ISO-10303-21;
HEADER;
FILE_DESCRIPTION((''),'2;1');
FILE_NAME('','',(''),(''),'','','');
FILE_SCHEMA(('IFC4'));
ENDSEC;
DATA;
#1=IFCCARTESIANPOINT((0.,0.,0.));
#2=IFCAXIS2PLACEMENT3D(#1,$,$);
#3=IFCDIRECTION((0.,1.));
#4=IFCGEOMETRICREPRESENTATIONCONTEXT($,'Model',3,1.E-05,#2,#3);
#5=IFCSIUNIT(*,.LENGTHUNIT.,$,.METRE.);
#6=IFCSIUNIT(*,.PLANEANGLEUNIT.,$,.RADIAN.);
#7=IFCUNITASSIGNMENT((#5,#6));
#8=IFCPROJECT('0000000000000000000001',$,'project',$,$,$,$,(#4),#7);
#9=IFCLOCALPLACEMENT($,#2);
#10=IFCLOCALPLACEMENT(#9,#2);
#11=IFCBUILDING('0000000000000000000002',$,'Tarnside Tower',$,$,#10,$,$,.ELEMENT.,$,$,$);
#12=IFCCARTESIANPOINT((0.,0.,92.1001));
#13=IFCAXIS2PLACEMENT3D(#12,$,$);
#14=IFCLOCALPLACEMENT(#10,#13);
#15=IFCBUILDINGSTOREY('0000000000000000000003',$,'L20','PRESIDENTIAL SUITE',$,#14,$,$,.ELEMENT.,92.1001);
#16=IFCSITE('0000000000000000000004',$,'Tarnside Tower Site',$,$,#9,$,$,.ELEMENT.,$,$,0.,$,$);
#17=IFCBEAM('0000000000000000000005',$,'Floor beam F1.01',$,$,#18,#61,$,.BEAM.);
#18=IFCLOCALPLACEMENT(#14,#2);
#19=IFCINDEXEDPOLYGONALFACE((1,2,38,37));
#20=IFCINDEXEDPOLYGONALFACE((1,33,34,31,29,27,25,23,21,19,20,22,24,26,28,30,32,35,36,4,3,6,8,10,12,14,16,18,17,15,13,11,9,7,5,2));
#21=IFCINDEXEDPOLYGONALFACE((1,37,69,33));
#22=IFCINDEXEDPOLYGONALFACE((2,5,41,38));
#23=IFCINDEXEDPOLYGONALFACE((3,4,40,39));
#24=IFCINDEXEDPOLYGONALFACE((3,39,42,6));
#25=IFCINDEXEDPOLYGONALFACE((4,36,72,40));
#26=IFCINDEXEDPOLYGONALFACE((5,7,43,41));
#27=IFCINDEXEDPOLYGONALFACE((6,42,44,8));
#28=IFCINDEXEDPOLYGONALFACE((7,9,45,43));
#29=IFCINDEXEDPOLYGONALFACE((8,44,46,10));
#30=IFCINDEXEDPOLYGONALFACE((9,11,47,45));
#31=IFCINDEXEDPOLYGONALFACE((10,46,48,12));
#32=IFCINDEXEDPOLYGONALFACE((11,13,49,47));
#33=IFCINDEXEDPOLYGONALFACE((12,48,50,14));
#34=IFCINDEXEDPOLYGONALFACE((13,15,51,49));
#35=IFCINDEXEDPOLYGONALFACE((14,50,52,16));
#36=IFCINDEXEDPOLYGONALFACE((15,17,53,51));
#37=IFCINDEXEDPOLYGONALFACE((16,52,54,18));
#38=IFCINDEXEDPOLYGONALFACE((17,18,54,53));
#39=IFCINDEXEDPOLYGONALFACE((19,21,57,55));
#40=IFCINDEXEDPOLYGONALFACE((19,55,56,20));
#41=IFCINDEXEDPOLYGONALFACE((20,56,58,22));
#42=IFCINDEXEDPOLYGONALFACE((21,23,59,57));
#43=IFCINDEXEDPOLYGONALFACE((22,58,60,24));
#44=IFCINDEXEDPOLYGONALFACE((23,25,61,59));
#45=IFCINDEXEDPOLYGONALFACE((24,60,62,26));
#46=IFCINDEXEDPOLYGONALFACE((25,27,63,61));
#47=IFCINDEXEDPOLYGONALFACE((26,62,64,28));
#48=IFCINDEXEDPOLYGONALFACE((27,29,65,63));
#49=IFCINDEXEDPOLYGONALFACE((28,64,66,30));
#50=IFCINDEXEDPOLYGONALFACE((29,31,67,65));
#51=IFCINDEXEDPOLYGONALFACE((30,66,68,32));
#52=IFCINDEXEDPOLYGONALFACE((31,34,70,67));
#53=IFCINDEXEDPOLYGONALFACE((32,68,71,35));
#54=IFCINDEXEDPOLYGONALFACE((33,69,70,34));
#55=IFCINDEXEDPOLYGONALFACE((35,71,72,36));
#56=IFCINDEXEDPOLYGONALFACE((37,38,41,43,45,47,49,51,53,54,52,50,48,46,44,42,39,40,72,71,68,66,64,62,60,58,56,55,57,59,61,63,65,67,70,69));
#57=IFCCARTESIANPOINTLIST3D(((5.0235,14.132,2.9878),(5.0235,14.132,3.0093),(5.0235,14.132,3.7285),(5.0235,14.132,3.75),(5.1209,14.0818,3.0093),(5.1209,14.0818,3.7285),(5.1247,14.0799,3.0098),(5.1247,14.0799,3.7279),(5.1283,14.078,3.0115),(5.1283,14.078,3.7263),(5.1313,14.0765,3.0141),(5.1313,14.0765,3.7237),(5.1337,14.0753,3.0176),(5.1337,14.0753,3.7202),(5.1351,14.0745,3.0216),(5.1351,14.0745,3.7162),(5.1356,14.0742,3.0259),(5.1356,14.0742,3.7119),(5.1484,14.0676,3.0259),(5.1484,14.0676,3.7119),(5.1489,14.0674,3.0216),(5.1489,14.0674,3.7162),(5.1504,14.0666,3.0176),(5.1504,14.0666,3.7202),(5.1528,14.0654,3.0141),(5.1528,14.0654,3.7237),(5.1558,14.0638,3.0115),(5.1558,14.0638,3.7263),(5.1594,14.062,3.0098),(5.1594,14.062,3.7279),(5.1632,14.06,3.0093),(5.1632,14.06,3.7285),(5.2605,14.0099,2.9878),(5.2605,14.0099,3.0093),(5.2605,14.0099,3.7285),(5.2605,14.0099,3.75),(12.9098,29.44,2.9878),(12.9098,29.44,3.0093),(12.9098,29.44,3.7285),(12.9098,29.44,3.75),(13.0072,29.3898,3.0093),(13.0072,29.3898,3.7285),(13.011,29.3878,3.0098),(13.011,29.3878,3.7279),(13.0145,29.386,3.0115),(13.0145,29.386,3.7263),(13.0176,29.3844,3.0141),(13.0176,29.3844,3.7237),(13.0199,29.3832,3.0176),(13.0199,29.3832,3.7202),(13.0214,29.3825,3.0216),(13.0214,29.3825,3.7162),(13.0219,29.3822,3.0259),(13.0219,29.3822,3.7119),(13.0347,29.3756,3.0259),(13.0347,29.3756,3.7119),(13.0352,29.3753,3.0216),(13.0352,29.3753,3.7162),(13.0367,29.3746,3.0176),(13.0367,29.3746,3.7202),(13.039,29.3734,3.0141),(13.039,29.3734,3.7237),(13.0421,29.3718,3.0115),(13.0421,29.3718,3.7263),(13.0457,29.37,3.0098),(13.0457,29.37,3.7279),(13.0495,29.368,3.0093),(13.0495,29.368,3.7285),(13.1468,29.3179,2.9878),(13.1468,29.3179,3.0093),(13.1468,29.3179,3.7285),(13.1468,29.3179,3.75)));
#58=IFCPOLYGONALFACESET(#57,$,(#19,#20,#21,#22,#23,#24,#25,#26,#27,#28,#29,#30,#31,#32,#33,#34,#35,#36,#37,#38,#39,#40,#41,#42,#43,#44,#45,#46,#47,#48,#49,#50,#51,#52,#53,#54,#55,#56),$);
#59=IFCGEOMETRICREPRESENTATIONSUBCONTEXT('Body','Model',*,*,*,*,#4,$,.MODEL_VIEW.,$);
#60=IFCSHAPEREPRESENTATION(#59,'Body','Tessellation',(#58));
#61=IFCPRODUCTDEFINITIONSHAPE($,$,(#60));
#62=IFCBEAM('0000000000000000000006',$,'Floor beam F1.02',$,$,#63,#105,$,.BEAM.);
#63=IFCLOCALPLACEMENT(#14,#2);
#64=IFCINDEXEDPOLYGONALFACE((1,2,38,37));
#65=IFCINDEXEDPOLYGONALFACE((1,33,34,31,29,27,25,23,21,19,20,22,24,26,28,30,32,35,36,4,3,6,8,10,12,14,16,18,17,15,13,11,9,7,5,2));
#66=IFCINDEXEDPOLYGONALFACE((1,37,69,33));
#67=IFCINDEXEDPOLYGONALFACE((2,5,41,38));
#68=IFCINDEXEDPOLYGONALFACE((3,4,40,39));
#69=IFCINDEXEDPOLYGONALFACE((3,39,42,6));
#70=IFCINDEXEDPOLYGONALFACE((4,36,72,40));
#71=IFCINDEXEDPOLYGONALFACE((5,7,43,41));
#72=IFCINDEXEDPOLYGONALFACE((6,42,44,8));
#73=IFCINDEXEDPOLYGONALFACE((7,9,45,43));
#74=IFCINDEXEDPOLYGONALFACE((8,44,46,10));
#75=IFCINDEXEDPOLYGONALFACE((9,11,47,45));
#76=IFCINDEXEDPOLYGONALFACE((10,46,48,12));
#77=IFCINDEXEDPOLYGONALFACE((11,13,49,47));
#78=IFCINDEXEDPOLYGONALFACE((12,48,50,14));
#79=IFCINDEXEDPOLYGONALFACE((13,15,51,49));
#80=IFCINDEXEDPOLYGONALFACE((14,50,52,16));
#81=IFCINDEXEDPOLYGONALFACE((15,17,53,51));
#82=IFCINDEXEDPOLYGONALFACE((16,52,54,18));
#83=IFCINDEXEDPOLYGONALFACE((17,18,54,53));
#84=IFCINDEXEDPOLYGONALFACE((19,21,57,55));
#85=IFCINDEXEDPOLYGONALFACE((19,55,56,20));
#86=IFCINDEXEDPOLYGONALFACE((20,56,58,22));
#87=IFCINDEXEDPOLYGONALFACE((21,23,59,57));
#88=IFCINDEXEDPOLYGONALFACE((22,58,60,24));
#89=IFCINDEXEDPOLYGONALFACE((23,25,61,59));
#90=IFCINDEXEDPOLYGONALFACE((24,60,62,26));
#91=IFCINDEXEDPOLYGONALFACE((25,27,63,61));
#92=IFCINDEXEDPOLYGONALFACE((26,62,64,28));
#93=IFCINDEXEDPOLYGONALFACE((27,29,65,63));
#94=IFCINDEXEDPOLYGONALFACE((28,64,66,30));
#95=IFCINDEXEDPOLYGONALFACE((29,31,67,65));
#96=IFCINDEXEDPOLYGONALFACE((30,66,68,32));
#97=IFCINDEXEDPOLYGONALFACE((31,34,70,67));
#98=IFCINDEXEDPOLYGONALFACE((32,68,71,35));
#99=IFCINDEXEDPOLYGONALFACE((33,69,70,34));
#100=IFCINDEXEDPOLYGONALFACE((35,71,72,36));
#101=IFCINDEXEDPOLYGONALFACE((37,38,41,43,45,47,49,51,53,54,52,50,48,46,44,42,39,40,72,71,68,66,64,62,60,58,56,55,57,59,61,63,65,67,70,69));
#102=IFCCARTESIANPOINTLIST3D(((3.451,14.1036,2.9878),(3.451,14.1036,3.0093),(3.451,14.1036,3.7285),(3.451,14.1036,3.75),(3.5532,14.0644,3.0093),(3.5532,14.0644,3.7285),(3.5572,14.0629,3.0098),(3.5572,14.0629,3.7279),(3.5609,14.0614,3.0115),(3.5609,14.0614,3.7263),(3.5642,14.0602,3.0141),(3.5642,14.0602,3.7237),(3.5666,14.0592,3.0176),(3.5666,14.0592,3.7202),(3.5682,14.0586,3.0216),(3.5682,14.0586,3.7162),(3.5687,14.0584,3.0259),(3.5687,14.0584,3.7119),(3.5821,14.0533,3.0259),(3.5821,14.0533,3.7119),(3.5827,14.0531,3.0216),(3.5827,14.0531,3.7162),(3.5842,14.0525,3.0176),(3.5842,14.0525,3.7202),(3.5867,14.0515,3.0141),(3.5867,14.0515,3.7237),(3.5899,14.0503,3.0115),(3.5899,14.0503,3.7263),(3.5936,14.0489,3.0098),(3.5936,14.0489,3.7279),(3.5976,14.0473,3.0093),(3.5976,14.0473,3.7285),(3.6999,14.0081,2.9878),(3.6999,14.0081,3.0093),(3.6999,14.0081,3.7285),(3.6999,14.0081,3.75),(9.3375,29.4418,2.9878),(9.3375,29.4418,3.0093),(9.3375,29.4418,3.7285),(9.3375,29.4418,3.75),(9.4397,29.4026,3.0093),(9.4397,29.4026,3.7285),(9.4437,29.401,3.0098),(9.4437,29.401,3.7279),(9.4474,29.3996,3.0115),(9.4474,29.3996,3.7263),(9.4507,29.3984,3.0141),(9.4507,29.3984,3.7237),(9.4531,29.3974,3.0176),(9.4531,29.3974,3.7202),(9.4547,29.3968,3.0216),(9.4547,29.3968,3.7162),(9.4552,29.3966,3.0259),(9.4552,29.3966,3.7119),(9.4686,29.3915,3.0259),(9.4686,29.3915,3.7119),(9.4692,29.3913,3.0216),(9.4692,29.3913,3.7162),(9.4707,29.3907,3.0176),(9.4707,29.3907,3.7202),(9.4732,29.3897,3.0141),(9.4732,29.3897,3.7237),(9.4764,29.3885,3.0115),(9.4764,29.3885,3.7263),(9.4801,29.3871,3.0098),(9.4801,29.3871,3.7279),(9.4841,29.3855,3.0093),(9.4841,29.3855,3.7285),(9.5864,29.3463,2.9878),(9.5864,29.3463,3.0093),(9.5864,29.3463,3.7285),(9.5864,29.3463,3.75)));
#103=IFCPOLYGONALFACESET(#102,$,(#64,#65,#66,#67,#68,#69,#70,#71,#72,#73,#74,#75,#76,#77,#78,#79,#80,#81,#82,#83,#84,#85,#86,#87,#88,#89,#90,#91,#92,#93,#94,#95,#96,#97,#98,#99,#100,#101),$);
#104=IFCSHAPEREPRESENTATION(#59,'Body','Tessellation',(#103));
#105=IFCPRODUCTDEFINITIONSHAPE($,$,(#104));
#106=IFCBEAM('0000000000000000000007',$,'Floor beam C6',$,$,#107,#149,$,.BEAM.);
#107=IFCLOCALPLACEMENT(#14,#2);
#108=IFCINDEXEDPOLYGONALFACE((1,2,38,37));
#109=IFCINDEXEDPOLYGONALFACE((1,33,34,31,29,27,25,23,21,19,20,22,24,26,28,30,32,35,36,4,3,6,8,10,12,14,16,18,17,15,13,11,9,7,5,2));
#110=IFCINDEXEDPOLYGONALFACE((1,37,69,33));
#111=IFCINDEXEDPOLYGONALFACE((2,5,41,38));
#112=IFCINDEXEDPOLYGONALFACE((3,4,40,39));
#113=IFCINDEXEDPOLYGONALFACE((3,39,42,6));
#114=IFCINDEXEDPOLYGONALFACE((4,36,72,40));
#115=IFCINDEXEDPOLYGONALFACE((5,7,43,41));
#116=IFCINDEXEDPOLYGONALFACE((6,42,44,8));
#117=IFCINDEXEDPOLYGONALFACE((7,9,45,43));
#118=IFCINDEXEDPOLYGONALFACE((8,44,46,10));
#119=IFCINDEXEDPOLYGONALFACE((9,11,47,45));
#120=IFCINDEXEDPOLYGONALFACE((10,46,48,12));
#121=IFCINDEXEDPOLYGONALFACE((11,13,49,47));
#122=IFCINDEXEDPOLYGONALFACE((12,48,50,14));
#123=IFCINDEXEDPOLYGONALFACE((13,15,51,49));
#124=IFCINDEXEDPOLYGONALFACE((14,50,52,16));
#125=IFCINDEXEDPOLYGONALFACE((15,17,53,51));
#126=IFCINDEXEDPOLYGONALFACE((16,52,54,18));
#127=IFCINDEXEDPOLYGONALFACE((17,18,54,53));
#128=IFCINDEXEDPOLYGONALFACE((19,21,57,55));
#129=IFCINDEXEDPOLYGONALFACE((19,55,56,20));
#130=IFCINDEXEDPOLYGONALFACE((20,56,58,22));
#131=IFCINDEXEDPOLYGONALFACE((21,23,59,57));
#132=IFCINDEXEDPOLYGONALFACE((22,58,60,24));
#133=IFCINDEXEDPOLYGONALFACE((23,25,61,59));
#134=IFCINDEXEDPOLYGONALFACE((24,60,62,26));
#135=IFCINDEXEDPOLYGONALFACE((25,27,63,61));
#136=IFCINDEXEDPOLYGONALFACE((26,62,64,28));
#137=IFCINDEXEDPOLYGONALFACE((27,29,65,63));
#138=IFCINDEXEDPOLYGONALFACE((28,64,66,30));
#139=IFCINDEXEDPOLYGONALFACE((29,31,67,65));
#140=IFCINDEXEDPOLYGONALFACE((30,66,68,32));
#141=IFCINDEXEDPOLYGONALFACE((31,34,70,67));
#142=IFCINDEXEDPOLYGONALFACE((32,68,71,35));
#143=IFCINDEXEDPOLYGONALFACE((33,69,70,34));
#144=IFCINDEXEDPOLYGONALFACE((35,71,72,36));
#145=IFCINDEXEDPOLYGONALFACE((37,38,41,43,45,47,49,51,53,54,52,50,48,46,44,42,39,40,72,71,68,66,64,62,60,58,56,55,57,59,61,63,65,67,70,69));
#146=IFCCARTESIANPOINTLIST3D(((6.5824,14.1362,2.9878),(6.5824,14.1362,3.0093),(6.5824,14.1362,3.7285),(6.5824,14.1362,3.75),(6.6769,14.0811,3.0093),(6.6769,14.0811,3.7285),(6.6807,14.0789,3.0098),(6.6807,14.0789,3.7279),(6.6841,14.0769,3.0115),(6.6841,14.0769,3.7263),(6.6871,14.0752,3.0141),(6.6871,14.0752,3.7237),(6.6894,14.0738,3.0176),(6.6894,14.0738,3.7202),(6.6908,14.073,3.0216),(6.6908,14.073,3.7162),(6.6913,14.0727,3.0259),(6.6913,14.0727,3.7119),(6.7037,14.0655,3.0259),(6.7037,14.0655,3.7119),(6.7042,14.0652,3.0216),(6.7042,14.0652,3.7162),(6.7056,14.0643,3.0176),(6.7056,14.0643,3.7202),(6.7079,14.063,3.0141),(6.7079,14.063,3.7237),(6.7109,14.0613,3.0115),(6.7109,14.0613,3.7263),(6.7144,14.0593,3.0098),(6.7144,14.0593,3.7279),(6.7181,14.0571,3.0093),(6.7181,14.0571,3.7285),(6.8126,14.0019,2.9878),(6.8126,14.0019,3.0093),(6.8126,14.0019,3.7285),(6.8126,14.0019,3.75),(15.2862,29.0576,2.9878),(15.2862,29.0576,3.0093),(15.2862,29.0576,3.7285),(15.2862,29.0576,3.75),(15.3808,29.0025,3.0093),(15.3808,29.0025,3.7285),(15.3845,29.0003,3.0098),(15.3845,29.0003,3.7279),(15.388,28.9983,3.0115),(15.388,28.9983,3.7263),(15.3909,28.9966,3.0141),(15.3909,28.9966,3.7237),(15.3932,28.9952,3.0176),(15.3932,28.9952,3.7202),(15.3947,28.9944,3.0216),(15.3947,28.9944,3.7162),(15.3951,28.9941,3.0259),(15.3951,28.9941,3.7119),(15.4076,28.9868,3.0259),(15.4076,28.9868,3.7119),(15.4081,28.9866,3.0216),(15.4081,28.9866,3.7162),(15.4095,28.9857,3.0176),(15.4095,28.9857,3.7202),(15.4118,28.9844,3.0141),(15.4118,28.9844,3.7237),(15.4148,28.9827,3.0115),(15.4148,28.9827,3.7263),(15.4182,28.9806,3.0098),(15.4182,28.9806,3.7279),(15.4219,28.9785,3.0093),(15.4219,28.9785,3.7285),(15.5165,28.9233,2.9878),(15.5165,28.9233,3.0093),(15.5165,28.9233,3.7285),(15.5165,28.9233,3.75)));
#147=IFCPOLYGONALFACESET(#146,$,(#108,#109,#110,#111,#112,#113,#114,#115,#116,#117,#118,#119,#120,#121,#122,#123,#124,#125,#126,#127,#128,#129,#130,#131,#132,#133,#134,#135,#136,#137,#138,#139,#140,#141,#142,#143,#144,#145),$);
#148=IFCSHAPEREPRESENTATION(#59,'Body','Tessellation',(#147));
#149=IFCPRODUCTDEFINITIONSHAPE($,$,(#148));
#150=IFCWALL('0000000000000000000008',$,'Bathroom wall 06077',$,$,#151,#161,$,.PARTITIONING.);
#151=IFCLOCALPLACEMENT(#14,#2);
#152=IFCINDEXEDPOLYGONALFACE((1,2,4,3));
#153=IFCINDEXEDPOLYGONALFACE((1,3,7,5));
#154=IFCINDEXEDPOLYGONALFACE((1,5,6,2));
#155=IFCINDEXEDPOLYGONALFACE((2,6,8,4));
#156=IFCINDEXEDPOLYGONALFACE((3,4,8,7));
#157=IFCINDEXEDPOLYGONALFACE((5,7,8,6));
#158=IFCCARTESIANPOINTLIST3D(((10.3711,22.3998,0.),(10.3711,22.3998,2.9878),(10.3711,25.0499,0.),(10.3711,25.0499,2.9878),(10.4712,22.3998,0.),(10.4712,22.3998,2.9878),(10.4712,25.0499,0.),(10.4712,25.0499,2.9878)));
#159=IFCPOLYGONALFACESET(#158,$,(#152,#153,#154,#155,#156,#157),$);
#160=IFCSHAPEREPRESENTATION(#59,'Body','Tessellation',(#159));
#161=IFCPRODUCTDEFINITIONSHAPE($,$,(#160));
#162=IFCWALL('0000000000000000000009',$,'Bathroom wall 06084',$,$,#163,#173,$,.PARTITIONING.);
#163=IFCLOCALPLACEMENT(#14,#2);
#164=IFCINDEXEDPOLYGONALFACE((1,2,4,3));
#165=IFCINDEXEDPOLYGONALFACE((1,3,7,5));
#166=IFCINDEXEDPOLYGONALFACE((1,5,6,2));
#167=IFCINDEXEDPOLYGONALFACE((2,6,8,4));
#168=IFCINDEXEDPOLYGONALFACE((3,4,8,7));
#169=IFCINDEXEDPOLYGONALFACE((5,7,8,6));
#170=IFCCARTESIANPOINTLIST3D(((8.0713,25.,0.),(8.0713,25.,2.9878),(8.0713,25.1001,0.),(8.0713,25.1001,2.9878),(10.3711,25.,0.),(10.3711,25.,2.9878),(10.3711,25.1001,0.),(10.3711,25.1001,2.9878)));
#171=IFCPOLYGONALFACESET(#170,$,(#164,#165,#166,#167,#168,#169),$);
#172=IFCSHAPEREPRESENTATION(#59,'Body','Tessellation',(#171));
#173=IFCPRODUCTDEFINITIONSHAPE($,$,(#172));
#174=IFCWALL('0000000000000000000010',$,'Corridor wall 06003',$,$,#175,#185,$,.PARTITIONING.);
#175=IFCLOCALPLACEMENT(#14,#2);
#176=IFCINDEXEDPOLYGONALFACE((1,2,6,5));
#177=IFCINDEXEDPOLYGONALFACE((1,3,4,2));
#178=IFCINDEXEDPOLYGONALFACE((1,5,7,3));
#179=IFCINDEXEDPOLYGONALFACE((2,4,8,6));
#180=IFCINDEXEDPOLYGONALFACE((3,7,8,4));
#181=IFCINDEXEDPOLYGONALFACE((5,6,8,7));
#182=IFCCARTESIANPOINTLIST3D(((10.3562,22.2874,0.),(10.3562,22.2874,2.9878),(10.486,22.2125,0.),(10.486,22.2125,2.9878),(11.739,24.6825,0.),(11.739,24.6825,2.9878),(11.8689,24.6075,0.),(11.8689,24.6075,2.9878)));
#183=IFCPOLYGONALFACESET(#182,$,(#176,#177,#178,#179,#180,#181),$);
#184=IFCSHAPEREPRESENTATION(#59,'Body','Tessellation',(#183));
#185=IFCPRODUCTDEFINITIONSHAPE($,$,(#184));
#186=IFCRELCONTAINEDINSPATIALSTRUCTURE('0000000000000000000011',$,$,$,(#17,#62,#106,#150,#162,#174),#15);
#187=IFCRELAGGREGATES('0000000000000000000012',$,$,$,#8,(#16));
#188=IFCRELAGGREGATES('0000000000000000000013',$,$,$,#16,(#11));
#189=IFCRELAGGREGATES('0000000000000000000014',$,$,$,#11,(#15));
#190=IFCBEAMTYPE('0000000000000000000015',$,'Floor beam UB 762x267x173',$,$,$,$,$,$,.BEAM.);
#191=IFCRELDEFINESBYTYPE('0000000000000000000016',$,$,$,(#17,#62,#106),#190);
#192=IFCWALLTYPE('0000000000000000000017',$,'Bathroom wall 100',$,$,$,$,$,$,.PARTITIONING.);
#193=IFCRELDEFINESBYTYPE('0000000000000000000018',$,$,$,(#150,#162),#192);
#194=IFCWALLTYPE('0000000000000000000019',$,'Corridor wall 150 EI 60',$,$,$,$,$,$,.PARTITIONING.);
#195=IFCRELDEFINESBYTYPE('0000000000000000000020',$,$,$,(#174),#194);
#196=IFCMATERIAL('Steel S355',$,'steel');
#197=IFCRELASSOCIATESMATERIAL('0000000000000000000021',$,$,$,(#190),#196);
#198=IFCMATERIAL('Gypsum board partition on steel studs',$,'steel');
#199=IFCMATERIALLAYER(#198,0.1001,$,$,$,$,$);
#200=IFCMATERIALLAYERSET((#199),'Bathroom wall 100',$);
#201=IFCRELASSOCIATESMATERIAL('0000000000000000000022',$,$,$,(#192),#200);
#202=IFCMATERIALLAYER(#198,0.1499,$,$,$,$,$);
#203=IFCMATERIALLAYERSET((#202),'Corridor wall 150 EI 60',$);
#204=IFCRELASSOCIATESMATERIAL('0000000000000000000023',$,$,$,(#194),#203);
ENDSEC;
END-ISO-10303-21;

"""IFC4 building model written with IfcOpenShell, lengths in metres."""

from ifc_helpers import new_model, si_unit, direction, frame, frame_2d, origin, origin_2d, place, context, subcontext, project, spatial, rectangle, i_section, extrude, material, layer, layer_set, material_profile, profile_set, type_object, element, save


model = new_model("IFC4")

# Units and contexts
model_context = context("Model", 3, precision=1e-05, world=origin(), true_north=direction((0.0, 1.0)))
body_context = subcontext(model_context, "Body", "Model", "MODEL_VIEW")
ifc_project = project(units=[si_unit("LENGTHUNIT", "METRE"), si_unit("PLANEANGLEUNIT", "RADIAN")], contexts=[model_context])

# Site, building, storey
site_placement = place(None, origin())
site = spatial("IfcSite", under=ifc_project, at=site_placement, Name="Tarnside Tower Site", CompositionType="ELEMENT", RefElevation=0.0)
building_placement = place(site_placement, origin())
building = spatial("IfcBuilding", under=site, at=building_placement, Name="Tarnside Tower", CompositionType="ELEMENT")
storey_placement = place(building_placement, frame((0.0, 0.0, 92.1001)))
storey = spatial("IfcBuildingStorey", under=building, at=storey_placement, Name="L20", Description="PRESIDENTIAL SUITE", CompositionType="ELEMENT", Elevation=92.1001)

# Beams
ifc_material_1 = material(Name="Steel S355", Category="steel")
ifc_material_profile = material_profile(ifc_material_1, i_section(OverallWidth=0.2666, OverallDepth=0.7622, WebThickness=0.0144, FlangeThickness=0.0215, FilletRadius=0.0166, at=origin_2d()), Name="UB 762x267x173")
ifc_profile_set = profile_set([ifc_material_profile], Name="Steel S355")
beam_type = type_object("IfcBeamType", Name="Floor beam UB 762x267x173", PredefinedType="BEAM", material=ifc_profile_set)
beam_1_placement = place(storey_placement, frame((13.0283, 29.3789, 3.3689), z_axis=(-0.457973, -0.888966, 0.0), x_axis=(0.888966, -0.457973, 0.0)))
element("IfcBeam", 1, at=beam_1_placement, inside=storey, type_object=beam_type, Name="Floor beam F1.01", PredefinedType="BEAM", context=body_context, shape_type="SweptSolid", body=[
    extrude(i_section(OverallWidth=0.2666, OverallDepth=0.7622, WebThickness=0.0144, FlangeThickness=0.0215, FilletRadius=0.0166, at=origin_2d()), origin(), (0.0, 0.0, 1.0), 17.22),
])
beam_2_placement = place(storey_placement, frame((9.4619, 29.394, 3.3689), z_axis=(-0.3583, -0.933607, 0.0), x_axis=(0.933607, -0.3583, 0.0)))
element("IfcBeam", 2, at=beam_2_placement, inside=storey, type_object=beam_type, Name="Floor beam F1.02", PredefinedType="BEAM", context=body_context, shape_type="SweptSolid", body=[
    extrude(i_section(OverallWidth=0.2666, OverallDepth=0.7622, WebThickness=0.0144, FlangeThickness=0.0215, FilletRadius=0.0166, at=origin_2d()), origin(), (0.0, 0.0, 1.0), 16.429),
])
beam_3_placement = place(storey_placement, frame((15.4014, 28.9905, 3.3689), z_axis=(-0.503859, -0.863786, 0.0), x_axis=(0.863786, -0.503859, 0.0)))
element("IfcBeam", 3, at=beam_3_placement, inside=storey, type_object=beam_type, Name="Floor beam C6", PredefinedType="BEAM", context=body_context, shape_type="SweptSolid", body=[
    extrude(i_section(OverallWidth=0.2666, OverallDepth=0.7622, WebThickness=0.0144, FlangeThickness=0.0215, FilletRadius=0.0166, at=origin_2d()), origin(), (0.0, 0.0, 1.0), 17.2744),
])

# Walls
ifc_material_2 = material(Name="Gypsum board partition on steel studs", Category="steel")
ifc_layer_1 = layer(ifc_material_2, 0.1001)
ifc_layer_set_1 = layer_set([ifc_layer_1], Name="Bathroom wall 100")
wall_type_1 = type_object("IfcWallType", Name="Bathroom wall 100", PredefinedType="PARTITIONING", material=ifc_layer_set_1)
wall_1_placement = place(storey_placement, frame((10.4211, 25.05, 0.0), z_axis=(0.0, 0.0, 1.0), x_axis=(0.0, -1.0, 0.0)))
element("IfcWall", 4, at=wall_1_placement, inside=storey, type_object=wall_type_1, Name="Bathroom wall 06077", PredefinedType="PARTITIONING", context=body_context, shape_type="SweptSolid", body=[
    extrude(rectangle(XDim=2.6501, YDim=0.1001, at=frame_2d((1.3252, 0.0))), origin(), (0.0, 0.0, 1.0), 2.9878),
])
wall_2_placement = place(storey_placement, frame((10.3711, 25.05, 0.0), z_axis=(0.0, 0.0, 1.0), x_axis=(-1.0, 0.0, 0.0)))
element("IfcWall", 5, at=wall_2_placement, inside=storey, type_object=wall_type_1, Name="Bathroom wall 06084", PredefinedType="PARTITIONING", context=body_context, shape_type="SweptSolid", body=[
    extrude(rectangle(XDim=2.2998, YDim=0.1001, at=frame_2d((1.1499, 0.0))), origin(), (0.0, 0.0, 1.0), 2.9878),
])
ifc_layer_2 = layer(ifc_material_2, 0.1499)
ifc_layer_set_2 = layer_set([ifc_layer_2], Name="Corridor wall 150 EI 60")
wall_type_2 = type_object("IfcWallType", Name="Corridor wall 150 EI 60", PredefinedType="PARTITIONING", material=ifc_layer_set_2)
wall_3_placement = place(storey_placement, frame((11.804, 24.645, 0.0), z_axis=(0.0, 0.0, 1.0), x_axis=(-0.500013, -0.866018, 0.0)))
element("IfcWall", 6, at=wall_3_placement, inside=storey, type_object=wall_type_2, Name="Corridor wall 06003", PredefinedType="PARTITIONING", context=body_context, shape_type="SweptSolid", body=[
    extrude(rectangle(XDim=2.7656, YDim=0.1499, at=frame_2d((1.3828, 0.0))), origin(), (0.0, 0.0, 1.0), 2.9878),
])

save(model, "model.ifc")
